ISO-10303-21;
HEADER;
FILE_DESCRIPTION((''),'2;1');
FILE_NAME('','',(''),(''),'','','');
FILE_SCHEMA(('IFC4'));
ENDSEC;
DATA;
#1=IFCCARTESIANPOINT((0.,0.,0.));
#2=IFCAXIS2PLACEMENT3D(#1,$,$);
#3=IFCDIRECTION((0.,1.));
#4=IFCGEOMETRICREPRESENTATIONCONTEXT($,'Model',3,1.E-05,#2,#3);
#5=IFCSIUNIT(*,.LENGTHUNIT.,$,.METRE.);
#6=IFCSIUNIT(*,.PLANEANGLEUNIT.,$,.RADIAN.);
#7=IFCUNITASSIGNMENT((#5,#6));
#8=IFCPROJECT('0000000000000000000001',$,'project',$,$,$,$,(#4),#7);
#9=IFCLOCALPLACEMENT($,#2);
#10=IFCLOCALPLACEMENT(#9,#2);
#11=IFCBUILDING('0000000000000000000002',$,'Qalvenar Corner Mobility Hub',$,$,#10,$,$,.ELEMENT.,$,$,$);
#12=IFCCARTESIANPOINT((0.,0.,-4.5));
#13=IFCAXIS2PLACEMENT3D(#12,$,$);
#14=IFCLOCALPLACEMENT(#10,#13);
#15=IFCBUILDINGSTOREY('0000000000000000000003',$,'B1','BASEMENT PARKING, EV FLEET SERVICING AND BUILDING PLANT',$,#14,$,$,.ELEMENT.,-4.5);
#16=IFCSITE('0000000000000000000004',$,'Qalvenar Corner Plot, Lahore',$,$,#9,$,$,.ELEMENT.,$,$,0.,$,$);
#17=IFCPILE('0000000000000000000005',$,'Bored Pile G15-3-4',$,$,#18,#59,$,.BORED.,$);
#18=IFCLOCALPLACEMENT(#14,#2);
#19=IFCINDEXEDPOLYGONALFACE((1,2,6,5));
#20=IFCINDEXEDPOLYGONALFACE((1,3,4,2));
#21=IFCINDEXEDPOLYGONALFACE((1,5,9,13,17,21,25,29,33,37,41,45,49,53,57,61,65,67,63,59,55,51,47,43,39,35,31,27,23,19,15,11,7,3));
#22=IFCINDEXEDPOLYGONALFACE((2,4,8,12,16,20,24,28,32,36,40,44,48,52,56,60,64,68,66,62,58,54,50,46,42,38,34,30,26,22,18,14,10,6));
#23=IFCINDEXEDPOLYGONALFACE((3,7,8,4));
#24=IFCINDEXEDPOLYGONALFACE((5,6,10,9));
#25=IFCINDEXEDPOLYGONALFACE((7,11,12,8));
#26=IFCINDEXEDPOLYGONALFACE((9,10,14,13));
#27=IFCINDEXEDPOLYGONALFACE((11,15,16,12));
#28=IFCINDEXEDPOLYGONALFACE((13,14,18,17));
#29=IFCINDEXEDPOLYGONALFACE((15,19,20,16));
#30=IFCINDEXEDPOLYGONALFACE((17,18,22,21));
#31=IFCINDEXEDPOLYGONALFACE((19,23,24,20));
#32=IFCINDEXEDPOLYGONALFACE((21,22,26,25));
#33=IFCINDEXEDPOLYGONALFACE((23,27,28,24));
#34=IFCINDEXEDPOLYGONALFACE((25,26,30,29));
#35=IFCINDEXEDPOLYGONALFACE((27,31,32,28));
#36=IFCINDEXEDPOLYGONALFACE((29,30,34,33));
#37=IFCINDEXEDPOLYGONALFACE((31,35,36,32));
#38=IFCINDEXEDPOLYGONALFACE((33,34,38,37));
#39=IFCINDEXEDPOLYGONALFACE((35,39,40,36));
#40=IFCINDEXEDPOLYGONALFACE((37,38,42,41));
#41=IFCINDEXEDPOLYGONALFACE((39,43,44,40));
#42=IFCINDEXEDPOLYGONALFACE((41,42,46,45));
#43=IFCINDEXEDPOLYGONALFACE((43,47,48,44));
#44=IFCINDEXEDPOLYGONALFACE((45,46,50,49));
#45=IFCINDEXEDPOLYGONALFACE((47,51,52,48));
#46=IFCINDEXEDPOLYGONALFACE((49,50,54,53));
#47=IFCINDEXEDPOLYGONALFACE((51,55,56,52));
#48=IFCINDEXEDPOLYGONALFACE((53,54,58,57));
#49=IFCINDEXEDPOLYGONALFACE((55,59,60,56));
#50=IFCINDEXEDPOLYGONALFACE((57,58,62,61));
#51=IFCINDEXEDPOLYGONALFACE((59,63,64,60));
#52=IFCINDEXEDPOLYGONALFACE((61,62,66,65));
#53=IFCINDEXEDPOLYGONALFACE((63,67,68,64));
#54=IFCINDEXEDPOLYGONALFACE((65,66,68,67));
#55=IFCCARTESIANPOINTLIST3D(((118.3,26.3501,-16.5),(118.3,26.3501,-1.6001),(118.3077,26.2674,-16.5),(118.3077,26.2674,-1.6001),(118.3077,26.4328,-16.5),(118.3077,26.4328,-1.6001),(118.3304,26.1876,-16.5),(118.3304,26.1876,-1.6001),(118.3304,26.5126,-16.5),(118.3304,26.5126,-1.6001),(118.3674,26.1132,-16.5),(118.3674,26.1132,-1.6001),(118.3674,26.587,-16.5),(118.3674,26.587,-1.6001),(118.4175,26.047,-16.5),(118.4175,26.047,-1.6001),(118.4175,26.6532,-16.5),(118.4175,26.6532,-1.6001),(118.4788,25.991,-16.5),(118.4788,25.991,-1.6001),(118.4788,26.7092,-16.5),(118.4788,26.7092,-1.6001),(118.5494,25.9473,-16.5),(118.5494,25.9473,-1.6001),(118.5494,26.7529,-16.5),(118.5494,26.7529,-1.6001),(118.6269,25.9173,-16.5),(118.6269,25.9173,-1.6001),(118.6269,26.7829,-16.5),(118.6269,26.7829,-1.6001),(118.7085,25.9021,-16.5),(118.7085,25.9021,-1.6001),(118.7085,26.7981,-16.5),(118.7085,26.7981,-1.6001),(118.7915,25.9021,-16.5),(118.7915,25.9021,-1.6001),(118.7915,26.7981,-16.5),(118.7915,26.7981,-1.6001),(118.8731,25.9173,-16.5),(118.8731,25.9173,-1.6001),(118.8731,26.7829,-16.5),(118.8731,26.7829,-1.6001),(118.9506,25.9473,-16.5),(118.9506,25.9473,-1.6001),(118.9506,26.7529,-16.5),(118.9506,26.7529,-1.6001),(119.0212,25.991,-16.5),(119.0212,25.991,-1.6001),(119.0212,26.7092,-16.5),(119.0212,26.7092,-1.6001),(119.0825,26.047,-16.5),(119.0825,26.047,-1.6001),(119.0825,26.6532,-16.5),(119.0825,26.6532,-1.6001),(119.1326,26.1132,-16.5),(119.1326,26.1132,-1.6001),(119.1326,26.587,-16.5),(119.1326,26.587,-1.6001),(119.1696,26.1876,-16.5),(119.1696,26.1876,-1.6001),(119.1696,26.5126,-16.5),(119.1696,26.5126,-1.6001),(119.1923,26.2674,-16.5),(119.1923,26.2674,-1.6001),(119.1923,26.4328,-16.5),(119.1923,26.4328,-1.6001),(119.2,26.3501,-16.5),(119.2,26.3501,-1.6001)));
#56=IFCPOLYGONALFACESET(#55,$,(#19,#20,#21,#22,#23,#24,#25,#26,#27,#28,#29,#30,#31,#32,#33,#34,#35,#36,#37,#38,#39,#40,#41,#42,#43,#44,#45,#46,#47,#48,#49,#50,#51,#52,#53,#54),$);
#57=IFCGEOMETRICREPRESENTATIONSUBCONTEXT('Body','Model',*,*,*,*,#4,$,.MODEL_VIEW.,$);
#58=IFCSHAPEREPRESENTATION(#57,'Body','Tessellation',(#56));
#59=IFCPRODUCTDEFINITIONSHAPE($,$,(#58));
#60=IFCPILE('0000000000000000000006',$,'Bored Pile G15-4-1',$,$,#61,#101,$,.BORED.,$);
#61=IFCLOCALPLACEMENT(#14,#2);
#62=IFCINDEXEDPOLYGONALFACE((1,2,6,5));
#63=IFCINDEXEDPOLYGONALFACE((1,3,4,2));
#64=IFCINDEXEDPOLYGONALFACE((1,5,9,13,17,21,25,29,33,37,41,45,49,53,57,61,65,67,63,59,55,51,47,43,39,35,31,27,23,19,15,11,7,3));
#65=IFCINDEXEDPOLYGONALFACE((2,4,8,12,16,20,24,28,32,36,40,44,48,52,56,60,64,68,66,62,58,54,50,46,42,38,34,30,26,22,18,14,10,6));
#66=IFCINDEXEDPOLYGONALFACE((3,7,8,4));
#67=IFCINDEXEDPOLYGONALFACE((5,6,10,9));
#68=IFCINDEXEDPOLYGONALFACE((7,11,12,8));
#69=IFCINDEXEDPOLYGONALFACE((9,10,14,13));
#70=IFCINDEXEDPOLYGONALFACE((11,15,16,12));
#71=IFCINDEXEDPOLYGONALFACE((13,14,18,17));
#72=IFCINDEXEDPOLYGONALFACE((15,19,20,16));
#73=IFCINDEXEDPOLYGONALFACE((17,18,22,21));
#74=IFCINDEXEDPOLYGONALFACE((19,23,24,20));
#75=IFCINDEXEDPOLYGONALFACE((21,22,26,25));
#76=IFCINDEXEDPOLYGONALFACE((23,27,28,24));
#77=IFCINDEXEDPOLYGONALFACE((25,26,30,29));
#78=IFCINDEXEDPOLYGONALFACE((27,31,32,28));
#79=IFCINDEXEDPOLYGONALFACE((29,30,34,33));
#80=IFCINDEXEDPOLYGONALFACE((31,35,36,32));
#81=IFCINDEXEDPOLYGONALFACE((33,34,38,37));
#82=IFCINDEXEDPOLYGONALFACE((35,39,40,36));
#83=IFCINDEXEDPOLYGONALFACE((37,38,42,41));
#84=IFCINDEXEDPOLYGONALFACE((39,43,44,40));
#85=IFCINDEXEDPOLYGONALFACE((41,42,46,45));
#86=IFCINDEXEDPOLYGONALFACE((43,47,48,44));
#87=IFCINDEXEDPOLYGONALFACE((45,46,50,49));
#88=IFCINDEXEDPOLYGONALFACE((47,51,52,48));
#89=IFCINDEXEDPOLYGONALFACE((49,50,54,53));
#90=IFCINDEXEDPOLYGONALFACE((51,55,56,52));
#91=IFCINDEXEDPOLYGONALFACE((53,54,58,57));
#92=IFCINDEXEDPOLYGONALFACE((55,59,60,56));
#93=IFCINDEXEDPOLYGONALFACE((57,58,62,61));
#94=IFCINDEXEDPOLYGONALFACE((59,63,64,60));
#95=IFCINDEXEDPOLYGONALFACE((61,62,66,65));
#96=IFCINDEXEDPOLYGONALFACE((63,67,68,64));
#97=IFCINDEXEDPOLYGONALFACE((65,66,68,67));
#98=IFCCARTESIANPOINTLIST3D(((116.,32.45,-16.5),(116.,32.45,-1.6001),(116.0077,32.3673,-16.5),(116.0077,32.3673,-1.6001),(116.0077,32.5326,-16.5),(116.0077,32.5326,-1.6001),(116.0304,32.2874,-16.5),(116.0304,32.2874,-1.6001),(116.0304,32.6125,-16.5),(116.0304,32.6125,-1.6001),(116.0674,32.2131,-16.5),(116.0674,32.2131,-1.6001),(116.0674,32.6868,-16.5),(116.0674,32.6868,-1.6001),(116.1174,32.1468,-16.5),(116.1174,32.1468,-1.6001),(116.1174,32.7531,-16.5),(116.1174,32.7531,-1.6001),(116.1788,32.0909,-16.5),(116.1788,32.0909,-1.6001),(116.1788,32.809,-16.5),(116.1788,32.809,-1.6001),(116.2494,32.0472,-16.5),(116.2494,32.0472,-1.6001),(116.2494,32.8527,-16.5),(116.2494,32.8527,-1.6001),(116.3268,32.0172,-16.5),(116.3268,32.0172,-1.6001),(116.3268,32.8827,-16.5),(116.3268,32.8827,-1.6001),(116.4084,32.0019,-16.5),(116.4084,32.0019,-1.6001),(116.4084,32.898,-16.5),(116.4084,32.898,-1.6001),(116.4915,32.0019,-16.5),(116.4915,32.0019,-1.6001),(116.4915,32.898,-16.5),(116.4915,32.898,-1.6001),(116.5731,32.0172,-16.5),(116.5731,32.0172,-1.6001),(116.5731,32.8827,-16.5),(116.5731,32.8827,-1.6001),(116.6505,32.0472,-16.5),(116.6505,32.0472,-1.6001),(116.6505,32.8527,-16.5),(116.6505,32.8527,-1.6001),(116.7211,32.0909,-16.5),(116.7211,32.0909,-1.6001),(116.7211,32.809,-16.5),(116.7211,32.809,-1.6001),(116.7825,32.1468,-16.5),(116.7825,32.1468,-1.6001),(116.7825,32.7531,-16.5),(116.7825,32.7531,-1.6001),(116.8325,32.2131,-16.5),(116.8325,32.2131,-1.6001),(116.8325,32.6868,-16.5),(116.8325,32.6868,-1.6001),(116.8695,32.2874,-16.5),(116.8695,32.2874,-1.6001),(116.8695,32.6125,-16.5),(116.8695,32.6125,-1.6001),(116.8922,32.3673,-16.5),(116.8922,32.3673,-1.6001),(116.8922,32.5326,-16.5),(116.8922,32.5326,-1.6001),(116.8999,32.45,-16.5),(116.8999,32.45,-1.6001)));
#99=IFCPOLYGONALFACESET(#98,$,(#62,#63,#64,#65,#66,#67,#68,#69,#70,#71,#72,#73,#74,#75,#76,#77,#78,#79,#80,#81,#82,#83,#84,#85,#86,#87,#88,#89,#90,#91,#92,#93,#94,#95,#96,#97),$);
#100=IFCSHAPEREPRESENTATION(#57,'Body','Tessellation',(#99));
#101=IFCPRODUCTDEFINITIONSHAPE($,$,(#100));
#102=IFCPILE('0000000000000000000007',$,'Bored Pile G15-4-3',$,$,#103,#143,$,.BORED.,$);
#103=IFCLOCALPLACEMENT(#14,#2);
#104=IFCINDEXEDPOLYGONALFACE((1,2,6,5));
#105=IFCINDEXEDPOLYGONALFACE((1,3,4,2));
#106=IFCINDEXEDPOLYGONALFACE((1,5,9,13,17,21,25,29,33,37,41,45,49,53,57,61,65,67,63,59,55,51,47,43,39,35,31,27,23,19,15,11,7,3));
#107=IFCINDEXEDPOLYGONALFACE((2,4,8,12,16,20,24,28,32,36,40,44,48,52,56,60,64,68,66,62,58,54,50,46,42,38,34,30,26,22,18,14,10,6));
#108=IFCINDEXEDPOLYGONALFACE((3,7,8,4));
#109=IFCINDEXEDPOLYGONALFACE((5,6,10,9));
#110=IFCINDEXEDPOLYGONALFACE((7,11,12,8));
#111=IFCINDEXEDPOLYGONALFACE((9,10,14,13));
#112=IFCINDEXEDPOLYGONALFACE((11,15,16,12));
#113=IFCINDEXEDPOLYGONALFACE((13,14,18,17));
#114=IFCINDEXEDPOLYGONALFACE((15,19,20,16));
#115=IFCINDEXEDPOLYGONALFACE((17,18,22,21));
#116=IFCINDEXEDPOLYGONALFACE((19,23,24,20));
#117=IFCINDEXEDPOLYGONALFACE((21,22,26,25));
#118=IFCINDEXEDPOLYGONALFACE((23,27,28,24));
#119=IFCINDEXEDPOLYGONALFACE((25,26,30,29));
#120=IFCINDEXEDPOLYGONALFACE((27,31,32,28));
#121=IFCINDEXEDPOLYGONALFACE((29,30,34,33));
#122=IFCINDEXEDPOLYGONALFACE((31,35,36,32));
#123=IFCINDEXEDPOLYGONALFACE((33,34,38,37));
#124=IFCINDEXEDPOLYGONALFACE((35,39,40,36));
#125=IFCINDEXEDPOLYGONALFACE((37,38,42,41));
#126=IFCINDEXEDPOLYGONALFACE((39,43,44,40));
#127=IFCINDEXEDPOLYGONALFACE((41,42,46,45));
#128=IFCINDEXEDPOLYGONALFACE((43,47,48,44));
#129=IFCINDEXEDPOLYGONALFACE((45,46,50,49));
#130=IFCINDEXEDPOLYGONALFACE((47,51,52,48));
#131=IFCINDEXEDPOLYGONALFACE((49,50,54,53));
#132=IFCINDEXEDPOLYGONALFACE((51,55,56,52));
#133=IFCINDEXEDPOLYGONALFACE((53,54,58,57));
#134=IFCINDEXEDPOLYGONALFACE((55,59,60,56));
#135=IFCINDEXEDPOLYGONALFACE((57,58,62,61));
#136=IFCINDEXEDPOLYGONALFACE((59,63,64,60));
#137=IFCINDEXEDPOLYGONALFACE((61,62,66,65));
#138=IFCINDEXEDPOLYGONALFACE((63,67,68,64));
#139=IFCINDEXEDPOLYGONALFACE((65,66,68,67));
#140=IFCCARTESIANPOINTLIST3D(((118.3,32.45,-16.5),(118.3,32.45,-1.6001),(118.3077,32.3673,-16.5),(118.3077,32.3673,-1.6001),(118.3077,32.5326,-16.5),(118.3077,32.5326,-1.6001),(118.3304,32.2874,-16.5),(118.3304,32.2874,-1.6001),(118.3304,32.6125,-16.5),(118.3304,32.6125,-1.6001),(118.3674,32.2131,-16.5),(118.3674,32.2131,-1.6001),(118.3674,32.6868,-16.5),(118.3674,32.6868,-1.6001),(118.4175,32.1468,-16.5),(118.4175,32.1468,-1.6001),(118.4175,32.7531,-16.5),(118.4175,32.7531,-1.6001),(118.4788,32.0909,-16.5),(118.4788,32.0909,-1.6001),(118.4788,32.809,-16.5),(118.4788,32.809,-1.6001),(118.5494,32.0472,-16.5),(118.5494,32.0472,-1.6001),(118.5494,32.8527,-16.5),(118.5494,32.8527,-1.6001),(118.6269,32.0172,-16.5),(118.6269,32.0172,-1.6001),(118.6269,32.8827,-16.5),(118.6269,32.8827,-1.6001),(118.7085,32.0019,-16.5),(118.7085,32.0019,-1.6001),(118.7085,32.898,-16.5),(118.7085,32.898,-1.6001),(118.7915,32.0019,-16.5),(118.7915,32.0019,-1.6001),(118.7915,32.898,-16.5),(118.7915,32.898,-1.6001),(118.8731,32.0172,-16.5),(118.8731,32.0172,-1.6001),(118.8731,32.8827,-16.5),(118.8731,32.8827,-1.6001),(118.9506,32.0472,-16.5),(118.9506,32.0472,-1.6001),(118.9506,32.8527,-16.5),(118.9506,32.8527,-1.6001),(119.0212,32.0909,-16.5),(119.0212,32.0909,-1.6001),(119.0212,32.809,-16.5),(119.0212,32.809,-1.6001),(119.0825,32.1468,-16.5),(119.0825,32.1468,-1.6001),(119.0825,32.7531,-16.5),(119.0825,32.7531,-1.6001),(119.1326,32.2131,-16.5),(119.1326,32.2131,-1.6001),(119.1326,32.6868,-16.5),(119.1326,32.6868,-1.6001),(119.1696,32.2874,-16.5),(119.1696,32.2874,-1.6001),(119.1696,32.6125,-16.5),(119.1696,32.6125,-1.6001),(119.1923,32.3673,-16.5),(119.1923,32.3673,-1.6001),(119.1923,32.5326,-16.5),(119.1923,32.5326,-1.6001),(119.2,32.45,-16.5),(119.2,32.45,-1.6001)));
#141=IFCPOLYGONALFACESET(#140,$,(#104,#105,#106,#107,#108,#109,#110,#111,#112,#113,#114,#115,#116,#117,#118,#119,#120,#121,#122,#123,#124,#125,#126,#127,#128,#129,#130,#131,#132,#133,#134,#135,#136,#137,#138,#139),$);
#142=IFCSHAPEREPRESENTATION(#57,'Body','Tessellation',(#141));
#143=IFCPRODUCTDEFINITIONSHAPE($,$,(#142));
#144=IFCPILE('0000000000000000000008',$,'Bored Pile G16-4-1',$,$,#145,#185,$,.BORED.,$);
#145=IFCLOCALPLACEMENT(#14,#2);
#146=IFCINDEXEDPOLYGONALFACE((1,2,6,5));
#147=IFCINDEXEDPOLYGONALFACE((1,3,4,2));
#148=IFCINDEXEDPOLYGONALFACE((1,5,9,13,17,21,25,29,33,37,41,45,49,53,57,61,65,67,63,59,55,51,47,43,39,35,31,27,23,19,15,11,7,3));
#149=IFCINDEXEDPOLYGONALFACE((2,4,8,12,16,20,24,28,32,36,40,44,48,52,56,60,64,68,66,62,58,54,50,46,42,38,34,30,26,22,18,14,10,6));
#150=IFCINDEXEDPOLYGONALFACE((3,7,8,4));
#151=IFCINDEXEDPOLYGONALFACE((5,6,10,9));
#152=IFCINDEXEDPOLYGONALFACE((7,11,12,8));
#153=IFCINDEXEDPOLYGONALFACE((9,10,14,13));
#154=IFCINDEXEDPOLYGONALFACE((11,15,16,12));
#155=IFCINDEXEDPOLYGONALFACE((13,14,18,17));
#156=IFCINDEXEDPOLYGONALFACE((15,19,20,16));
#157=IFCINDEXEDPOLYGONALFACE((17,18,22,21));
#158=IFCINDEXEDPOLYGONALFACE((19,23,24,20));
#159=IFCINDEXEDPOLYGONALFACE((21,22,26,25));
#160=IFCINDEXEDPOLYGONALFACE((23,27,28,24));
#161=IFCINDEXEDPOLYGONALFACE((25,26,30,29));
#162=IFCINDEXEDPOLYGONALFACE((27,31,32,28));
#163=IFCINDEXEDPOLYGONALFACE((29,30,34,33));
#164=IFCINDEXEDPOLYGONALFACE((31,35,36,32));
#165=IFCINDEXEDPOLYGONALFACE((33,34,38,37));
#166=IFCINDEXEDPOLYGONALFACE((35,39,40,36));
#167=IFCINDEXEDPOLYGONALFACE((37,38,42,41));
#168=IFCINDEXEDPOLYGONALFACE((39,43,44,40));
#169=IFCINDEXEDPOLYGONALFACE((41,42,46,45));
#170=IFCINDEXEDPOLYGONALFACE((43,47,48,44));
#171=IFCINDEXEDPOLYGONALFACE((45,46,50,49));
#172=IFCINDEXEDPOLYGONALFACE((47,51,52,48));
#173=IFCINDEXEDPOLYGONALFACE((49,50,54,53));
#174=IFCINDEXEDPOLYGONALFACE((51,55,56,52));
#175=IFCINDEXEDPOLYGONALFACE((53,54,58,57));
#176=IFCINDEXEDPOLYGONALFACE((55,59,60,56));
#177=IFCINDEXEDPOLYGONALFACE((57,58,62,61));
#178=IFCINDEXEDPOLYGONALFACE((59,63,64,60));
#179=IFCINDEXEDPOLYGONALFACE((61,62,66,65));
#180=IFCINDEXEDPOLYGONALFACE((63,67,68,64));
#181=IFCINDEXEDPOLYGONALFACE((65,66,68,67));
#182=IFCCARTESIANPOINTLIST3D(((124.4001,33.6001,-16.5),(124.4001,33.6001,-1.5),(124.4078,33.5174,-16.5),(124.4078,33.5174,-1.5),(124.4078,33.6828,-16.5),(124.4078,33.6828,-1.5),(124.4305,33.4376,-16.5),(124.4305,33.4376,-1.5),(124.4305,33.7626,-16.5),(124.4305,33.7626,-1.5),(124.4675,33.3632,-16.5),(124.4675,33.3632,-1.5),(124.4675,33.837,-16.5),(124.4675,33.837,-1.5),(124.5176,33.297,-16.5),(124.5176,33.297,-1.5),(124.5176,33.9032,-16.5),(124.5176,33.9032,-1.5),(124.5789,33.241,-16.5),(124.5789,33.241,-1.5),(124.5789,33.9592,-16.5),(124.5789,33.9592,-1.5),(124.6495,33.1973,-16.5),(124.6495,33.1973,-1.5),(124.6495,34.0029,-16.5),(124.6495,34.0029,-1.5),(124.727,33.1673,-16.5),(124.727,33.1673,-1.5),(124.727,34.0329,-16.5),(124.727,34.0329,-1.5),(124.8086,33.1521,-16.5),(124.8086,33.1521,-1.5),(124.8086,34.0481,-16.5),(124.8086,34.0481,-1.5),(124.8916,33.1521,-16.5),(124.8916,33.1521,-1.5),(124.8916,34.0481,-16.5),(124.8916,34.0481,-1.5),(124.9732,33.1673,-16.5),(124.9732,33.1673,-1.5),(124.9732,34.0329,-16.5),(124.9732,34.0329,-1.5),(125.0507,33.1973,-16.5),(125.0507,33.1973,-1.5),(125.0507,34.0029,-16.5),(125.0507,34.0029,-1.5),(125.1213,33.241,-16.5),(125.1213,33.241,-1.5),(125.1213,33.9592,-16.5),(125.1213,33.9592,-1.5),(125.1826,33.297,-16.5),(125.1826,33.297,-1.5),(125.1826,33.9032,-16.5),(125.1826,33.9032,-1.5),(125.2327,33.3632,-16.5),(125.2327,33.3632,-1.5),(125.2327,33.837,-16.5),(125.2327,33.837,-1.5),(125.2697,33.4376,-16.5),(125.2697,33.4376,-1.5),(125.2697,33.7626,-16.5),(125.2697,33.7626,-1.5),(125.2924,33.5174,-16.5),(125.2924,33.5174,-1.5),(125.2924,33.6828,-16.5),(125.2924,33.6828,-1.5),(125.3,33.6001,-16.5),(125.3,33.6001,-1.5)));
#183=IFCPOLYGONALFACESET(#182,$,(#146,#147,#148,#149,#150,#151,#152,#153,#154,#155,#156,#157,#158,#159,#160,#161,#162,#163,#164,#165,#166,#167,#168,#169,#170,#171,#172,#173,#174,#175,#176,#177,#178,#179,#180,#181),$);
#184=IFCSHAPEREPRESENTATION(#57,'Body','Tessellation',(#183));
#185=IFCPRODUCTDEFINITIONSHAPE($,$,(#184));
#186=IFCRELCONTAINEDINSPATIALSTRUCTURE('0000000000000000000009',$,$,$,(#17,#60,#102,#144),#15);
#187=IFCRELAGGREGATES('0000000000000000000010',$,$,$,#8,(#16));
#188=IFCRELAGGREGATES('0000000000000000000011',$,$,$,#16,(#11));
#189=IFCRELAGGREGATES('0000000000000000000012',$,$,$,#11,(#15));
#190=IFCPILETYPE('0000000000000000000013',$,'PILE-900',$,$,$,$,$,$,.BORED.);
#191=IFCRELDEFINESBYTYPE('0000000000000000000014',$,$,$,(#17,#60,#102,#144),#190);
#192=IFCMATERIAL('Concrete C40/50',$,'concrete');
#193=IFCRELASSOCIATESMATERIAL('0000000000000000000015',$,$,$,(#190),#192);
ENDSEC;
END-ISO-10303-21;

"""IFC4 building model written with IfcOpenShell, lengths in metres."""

from ifc_helpers import new_model, si_unit, direction, frame, origin, origin_2d, place, context, subcontext, project, spatial, circle, extrude, material, material_profile, profile_set, type_object, element, save


model = new_model("IFC4")

# Units and contexts
model_context = context("Model", 3, precision=1e-05, world=origin(), true_north=direction((0.0, 1.0)))
body_context = subcontext(model_context, "Body", "Model", "MODEL_VIEW")
ifc_project = project(units=[si_unit("LENGTHUNIT", "METRE"), si_unit("PLANEANGLEUNIT", "RADIAN")], contexts=[model_context])

# Site, building, storey
site_placement = place(None, origin())
site = spatial("IfcSite", under=ifc_project, at=site_placement, Name="Qalvenar Corner Plot, Lahore", CompositionType="ELEMENT", RefElevation=0.0)
building_placement = place(site_placement, origin())
building = spatial("IfcBuilding", under=site, at=building_placement, Name="Qalvenar Corner Mobility Hub", CompositionType="ELEMENT")
storey_placement = place(building_placement, frame((0.0, 0.0, -4.5)))
storey = spatial("IfcBuildingStorey", under=building, at=storey_placement, Name="B1", Description="BASEMENT PARKING, EV FLEET SERVICING AND BUILDING PLANT", CompositionType="ELEMENT", Elevation=-4.5)

# Shared definitions
ifc_material_1 = material(Name="Concrete C40/50", Category="concrete")

# Piles
ifc_material_profile_1 = material_profile(ifc_material_1, circle(Radius=0.45, at=origin_2d()), Name="DIA900")
ifc_profile_set_1 = profile_set([ifc_material_profile_1], Name="Concrete C40/50")
pile_type_1 = type_object("IfcPileType", Name="PILE-900", PredefinedType="BORED", material=ifc_profile_set_1)
for number, where, z_axis, x_axis, name in (
    (1, (118.75, 26.3501, -1.6001), (0.0, 0.0, -1.0), (1.0, 0.0, 0.0), "Bored Pile G15-3-4"),
    (2, (116.45, 32.45, -1.6001), (0.0, 0.0, -1.0), (1.0, 0.0, 0.0), "Bored Pile G15-4-1"),
    (3, (118.75, 32.45, -1.6001), (0.0, 0.0, -1.0), (1.0, 0.0, 0.0), "Bored Pile G15-4-3"),
):
    element("IfcPile", number, at=place(storey_placement, frame(where, z_axis=z_axis, x_axis=x_axis)), inside=storey, type_object=pile_type_1, Name=name, PredefinedType="BORED", context=body_context, shape_type="SweptSolid", body=[
        extrude(circle(Radius=0.45, at=origin_2d()), origin(), (0.0, 0.0, 1.0), 14.8999),
    ])
for number, where, z_axis, x_axis, name in (
    (4, (124.8501, 33.6001, -1.5), (0.0, 0.0, -1.0), (1.0, 0.0, 0.0), "Bored Pile G16-4-1"),
):
    element("IfcPile", number, at=place(storey_placement, frame(where, z_axis=z_axis, x_axis=x_axis)), inside=storey, type_object=pile_type_1, Name=name, PredefinedType="BORED", context=body_context, shape_type="SweptSolid", body=[
        extrude(circle(Radius=0.45, at=origin_2d()), origin(), (0.0, 0.0, 1.0), 15.0),
    ])

save(model, "model.ifc")
